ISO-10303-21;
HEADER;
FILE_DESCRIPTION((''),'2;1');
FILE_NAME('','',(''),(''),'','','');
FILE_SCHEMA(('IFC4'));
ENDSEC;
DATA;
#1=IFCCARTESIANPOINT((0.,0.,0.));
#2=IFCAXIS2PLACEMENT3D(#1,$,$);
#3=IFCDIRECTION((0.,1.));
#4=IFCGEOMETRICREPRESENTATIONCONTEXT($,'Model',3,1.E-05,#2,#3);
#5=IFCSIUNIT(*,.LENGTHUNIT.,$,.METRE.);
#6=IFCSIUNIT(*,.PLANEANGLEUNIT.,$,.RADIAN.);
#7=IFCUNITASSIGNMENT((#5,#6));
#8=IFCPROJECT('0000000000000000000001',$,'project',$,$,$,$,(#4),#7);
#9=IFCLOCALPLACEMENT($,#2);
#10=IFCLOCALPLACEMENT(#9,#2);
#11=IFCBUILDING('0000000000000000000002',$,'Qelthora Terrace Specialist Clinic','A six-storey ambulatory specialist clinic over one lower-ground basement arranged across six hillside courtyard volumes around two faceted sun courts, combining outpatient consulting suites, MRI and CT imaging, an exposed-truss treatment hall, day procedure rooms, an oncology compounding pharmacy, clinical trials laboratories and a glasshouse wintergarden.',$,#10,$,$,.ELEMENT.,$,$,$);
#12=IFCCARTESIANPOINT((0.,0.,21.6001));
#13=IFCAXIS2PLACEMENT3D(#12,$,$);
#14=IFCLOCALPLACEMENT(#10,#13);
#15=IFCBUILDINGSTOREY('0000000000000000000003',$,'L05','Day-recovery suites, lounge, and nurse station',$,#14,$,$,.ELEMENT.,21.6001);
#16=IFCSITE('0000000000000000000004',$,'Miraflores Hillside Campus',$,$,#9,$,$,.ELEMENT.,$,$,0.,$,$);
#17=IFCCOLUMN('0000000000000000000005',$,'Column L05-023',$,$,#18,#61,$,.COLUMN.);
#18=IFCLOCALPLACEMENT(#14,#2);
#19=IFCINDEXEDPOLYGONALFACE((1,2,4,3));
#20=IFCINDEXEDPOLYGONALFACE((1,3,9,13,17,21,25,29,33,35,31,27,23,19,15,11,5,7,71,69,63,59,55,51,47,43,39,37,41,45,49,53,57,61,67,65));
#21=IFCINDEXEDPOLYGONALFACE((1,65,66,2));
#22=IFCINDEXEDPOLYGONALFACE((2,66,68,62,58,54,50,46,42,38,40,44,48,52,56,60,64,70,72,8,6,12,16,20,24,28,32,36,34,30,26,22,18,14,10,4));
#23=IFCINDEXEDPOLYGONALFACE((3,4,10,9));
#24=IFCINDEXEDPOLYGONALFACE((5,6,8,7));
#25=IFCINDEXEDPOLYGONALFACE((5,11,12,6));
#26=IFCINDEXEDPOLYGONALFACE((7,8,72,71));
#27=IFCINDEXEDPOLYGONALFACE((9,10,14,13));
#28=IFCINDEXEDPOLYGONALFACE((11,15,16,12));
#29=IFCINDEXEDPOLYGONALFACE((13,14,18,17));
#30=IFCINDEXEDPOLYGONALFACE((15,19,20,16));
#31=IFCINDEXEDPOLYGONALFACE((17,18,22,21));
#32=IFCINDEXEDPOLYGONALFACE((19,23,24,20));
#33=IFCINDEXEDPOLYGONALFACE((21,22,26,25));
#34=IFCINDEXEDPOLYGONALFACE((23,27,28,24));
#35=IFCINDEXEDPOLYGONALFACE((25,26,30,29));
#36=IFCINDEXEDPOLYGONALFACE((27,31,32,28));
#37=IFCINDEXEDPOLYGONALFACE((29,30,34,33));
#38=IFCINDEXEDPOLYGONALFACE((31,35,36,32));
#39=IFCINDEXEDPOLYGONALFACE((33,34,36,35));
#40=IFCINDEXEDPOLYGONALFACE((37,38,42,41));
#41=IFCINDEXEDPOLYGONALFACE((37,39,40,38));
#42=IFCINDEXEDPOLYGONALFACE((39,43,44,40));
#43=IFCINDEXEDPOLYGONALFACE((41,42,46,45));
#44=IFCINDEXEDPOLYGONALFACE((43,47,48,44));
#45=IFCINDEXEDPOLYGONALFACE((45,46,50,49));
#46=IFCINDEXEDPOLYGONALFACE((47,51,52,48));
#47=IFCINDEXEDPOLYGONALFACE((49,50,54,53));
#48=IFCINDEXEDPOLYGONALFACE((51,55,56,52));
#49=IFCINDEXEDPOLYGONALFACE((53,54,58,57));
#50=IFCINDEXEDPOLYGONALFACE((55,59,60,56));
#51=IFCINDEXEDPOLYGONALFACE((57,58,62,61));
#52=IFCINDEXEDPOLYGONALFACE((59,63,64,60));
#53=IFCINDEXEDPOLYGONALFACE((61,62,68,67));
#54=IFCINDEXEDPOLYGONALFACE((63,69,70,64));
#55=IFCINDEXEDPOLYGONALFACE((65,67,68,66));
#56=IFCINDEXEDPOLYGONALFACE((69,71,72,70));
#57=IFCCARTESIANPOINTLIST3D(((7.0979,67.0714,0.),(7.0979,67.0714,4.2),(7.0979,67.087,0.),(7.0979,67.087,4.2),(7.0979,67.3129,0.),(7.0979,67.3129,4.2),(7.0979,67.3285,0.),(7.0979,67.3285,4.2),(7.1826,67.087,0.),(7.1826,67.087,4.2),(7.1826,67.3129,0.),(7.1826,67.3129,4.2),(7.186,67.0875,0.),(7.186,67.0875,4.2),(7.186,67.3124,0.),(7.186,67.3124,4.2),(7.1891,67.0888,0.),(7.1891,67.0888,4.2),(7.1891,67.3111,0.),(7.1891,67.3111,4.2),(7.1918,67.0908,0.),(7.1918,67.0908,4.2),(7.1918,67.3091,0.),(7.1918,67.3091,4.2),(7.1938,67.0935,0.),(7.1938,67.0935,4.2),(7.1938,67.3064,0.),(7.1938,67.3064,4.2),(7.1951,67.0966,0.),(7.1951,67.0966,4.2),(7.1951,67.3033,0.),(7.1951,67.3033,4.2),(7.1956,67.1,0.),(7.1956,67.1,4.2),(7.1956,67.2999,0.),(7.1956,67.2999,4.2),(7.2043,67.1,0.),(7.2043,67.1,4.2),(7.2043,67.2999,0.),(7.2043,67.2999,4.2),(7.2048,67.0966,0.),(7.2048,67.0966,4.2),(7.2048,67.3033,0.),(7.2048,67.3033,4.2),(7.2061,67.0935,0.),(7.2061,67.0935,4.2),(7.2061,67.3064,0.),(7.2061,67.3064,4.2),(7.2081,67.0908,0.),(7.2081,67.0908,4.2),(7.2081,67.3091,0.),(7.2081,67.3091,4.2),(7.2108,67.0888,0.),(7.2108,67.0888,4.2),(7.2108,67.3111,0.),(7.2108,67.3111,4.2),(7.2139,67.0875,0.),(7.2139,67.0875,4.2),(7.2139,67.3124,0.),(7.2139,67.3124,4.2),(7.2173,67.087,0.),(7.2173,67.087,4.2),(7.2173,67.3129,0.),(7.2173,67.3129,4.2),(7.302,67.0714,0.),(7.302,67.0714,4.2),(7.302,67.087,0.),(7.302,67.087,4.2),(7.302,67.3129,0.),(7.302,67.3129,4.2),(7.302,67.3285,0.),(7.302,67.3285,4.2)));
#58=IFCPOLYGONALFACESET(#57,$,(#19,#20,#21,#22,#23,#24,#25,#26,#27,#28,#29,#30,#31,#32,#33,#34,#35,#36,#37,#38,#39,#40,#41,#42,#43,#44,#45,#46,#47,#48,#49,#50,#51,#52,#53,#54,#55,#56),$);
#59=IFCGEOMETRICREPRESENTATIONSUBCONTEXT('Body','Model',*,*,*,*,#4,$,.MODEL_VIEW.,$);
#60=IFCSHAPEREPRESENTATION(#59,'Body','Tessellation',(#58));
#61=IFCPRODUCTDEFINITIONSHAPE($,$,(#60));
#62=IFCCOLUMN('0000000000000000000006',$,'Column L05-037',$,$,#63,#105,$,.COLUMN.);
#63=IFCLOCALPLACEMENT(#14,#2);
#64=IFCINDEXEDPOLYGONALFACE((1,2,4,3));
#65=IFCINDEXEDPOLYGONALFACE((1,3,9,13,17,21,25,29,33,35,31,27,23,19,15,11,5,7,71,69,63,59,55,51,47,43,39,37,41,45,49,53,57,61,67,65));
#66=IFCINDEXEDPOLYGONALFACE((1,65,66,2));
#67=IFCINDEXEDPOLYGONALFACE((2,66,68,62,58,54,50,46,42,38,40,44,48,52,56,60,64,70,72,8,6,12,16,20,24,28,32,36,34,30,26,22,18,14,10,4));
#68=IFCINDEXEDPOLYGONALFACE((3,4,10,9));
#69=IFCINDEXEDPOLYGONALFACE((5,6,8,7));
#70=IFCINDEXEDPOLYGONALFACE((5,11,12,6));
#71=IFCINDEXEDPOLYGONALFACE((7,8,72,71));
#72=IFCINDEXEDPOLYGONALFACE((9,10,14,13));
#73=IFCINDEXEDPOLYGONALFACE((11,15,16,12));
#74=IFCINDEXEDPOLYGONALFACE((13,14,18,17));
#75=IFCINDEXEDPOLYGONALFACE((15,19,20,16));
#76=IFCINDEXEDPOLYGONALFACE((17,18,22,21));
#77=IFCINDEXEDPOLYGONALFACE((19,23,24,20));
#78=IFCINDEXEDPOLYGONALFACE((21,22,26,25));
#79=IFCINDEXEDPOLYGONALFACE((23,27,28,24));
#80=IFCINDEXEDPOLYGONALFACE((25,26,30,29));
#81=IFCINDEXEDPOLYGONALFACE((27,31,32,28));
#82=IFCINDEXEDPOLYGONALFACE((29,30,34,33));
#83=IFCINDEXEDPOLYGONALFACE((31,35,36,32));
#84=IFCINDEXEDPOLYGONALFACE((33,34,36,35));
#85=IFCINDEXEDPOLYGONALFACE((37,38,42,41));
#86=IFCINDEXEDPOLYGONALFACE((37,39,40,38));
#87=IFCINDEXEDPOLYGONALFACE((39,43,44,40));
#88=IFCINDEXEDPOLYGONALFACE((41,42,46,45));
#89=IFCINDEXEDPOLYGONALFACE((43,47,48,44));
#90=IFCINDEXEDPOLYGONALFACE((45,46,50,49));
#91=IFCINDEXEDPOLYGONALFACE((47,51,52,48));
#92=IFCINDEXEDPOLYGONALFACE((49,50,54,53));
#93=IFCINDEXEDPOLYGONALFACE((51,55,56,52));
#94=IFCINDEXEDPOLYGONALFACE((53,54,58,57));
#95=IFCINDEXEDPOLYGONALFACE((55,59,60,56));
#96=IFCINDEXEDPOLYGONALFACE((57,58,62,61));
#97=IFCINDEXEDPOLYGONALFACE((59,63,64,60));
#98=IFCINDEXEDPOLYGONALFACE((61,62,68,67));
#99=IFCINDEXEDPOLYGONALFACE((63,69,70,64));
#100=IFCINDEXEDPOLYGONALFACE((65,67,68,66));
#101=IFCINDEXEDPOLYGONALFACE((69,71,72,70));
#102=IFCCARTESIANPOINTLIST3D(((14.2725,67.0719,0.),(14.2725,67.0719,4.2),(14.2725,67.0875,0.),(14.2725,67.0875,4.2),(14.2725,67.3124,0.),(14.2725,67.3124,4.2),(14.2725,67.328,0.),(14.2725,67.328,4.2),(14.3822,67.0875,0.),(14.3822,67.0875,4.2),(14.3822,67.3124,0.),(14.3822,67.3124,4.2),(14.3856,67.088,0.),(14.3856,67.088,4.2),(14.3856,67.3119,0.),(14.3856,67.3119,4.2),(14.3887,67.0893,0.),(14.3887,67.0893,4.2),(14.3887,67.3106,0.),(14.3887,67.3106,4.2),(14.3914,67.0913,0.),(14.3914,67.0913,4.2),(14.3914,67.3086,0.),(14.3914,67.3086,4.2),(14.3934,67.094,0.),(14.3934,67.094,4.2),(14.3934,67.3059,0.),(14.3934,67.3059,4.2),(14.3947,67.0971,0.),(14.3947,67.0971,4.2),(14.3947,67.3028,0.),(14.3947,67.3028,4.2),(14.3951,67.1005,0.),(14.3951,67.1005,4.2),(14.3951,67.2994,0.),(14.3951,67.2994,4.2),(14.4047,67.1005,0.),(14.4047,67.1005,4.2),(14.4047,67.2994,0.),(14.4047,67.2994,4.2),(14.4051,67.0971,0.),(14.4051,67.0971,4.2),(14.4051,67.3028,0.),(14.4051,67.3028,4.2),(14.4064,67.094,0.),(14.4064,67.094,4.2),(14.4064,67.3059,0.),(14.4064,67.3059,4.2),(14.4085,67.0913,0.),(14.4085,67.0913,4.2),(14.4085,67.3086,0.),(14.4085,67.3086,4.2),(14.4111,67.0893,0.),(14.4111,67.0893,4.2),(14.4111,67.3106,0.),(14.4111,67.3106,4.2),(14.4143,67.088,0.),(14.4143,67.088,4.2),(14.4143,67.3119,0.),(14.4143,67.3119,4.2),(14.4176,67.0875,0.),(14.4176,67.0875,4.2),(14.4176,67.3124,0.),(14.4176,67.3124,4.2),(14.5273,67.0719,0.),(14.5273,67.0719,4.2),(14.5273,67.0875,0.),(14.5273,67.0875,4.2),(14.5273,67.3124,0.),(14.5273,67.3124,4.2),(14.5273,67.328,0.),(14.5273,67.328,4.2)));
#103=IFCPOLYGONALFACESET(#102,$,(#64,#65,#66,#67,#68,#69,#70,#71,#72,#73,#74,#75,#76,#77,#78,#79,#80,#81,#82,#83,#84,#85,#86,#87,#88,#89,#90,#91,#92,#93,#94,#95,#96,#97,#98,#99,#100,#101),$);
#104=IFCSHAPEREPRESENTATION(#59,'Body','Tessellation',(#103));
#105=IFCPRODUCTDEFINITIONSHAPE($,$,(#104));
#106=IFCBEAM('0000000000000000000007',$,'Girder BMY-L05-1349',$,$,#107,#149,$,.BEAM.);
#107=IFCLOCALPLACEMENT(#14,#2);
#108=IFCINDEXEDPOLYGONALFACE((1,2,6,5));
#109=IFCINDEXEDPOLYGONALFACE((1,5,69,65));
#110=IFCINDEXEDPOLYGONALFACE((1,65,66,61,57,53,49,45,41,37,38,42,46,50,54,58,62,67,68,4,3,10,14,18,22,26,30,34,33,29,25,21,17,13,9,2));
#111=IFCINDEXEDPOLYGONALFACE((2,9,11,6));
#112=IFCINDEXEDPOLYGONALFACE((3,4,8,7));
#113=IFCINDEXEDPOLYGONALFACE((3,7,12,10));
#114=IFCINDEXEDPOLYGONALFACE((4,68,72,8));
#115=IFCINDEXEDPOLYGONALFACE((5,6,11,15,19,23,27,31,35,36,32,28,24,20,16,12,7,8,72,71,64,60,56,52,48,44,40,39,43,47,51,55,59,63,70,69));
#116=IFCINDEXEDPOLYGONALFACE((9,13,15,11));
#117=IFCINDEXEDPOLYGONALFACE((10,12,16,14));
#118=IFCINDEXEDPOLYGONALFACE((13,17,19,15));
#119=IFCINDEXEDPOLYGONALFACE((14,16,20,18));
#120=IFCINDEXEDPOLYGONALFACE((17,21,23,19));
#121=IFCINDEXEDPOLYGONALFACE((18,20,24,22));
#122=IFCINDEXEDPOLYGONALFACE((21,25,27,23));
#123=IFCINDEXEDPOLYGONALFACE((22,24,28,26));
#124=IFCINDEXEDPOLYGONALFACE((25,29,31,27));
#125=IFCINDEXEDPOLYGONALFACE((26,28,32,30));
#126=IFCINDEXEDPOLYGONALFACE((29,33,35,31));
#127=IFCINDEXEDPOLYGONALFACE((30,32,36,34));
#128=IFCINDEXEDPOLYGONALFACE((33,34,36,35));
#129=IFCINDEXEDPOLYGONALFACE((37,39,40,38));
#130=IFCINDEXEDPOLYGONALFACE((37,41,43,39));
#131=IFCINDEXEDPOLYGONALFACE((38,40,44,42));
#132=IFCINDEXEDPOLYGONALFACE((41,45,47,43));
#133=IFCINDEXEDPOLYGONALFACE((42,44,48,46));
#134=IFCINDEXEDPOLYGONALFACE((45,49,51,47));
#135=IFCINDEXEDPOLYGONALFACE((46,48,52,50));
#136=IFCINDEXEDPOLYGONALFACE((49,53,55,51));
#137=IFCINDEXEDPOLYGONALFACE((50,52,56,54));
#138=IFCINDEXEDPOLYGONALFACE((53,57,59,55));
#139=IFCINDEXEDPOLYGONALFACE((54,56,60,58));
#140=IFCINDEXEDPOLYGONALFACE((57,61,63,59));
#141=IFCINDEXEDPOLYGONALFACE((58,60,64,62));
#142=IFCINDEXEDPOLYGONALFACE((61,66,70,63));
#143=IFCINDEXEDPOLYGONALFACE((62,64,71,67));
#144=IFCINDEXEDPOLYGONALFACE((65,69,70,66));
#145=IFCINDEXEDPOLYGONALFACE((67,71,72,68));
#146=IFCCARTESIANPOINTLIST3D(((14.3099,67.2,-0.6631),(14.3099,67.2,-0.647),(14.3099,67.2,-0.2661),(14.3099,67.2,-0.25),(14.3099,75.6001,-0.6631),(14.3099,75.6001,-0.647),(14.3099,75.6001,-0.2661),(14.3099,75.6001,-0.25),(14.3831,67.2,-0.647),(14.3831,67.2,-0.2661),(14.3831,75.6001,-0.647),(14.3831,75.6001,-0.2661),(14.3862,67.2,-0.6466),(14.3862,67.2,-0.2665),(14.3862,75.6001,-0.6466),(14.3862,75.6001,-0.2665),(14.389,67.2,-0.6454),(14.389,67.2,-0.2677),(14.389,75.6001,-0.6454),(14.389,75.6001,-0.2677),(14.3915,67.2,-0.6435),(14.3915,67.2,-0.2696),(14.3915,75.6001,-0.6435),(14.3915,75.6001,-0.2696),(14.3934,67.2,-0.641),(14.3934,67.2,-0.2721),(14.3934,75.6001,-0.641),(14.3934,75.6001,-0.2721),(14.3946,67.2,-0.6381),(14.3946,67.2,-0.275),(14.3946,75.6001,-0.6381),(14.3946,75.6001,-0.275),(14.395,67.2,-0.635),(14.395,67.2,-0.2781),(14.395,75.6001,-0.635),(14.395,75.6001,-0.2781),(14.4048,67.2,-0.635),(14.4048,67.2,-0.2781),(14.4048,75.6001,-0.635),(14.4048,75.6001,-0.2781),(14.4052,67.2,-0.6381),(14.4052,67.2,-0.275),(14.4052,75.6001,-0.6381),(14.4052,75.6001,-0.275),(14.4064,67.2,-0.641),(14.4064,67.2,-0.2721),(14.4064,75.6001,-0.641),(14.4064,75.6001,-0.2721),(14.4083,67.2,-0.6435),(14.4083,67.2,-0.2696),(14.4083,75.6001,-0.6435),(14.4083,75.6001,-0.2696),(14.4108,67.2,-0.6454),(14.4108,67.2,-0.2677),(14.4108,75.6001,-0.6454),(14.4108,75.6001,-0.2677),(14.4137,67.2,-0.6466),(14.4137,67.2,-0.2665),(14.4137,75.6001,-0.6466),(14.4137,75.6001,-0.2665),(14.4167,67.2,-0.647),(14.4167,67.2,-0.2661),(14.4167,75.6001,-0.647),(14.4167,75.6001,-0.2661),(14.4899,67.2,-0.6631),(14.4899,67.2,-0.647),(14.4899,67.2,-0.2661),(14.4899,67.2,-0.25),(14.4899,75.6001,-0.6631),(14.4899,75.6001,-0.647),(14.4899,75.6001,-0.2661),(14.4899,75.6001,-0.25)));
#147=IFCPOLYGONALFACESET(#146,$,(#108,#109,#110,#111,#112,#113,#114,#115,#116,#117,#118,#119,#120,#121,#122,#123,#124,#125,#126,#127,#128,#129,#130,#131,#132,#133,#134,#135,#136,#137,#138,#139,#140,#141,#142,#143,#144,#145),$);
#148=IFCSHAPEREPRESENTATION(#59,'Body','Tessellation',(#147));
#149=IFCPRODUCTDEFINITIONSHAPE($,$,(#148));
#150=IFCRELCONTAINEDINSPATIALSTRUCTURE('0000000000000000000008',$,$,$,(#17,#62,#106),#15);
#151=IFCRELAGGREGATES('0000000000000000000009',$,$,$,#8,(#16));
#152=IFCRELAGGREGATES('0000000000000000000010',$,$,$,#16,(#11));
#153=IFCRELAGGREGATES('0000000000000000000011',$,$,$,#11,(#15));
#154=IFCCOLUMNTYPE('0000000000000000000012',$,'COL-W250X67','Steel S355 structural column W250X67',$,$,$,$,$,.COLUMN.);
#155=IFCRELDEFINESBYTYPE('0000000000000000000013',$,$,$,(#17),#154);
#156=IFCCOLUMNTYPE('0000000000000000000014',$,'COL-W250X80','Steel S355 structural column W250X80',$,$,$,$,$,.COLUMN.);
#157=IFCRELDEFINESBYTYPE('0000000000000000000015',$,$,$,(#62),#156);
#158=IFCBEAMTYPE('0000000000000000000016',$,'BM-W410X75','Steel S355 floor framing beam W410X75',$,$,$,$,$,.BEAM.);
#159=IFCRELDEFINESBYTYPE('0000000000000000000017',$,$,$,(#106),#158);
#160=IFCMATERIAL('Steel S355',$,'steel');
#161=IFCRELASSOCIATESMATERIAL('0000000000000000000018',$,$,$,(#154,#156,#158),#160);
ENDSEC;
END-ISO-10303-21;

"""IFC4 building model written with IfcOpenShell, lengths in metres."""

from ifc_helpers import new_model, si_unit, direction, frame, origin, origin_2d, place, context, subcontext, project, spatial, i_section, extrude, material, material_profile, profile_set, type_object, element, save


model = new_model("IFC4")

# Units and contexts
model_context = context("Model", 3, precision=1e-05, world=origin(), true_north=direction((0.0, 1.0)))
body_context = subcontext(model_context, "Body", "Model", "MODEL_VIEW")
ifc_project = project(units=[si_unit("LENGTHUNIT", "METRE"), si_unit("PLANEANGLEUNIT", "RADIAN")], contexts=[model_context])

# Site, building, storey
site_placement = place(None, origin())
site = spatial("IfcSite", under=ifc_project, at=site_placement, Name="Miraflores Hillside Campus", CompositionType="ELEMENT", RefElevation=0.0)
building_placement = place(site_placement, origin())
building = spatial("IfcBuilding", under=site, at=building_placement, Name="Qelthora Terrace Specialist Clinic", Description="A six-storey ambulatory specialist clinic over one lower-ground basement arranged across six hillside courtyard volumes around two faceted sun courts, combining outpatient consulting suites, MRI and CT imaging, an exposed-truss treatment hall, day procedure rooms, an oncology compounding pharmacy, clinical trials laboratories and a glasshouse wintergarden.", CompositionType="ELEMENT")
storey_placement = place(building_placement, frame((0.0, 0.0, 21.6001)))
storey = spatial("IfcBuildingStorey", under=building, at=storey_placement, Name="L05", Description="Day-recovery suites, lounge, and nurse station", CompositionType="ELEMENT", Elevation=21.6001)

# Columns
ifc_material_1 = material(Name="Steel S355", Category="steel")
ifc_material_profile_1 = material_profile(ifc_material_1, i_section(OverallWidth=0.2041, OverallDepth=0.2571, WebThickness=0.0088, FlangeThickness=0.0156, FilletRadius=0.0129, at=origin_2d()), Name="W250X67")
ifc_profile_set_1 = profile_set([ifc_material_profile_1], Name="Steel S355")
column_type_1 = type_object("IfcColumnType", Name="COL-W250X67", Description="Steel S355 structural column W250X67", PredefinedType="COLUMN", material=ifc_profile_set_1)
column_1_placement = place(storey_placement, frame((7.2, 67.2, 0.0), z_axis=(0.0, 0.0, 1.0), x_axis=(1.0, 0.0, 0.0)))
element("IfcColumn", 1, at=column_1_placement, inside=storey, type_object=column_type_1, Name="Column L05-023", PredefinedType="COLUMN", context=body_context, shape_type="SweptSolid", body=[
    extrude(i_section(OverallWidth=0.2041, OverallDepth=0.2571, WebThickness=0.0088, FlangeThickness=0.0156, FilletRadius=0.0129, at=origin_2d()), origin(), (0.0, 0.0, 1.0), 4.2),
])
ifc_material_profile_2 = material_profile(ifc_material_1, i_section(OverallWidth=0.2549, OverallDepth=0.2561, WebThickness=0.0095, FlangeThickness=0.0156, FilletRadius=0.0129, at=origin_2d()), Name="W250X80")
ifc_profile_set_2 = profile_set([ifc_material_profile_2], Name="Steel S355")
column_type_2 = type_object("IfcColumnType", Name="COL-W250X80", Description="Steel S355 structural column W250X80", PredefinedType="COLUMN", material=ifc_profile_set_2)
column_2_placement = place(storey_placement, frame((14.3999, 67.2, 0.0), z_axis=(0.0, 0.0, 1.0), x_axis=(1.0, 0.0, 0.0)))
element("IfcColumn", 2, at=column_2_placement, inside=storey, type_object=column_type_2, Name="Column L05-037", PredefinedType="COLUMN", context=body_context, shape_type="SweptSolid", body=[
    extrude(i_section(OverallWidth=0.2549, OverallDepth=0.2561, WebThickness=0.0095, FlangeThickness=0.0156, FilletRadius=0.0129, at=origin_2d()), origin(), (0.0, 0.0, 1.0), 4.2),
])

# Beam
ifc_material_profile_3 = material_profile(ifc_material_1, i_section(OverallWidth=0.1799, OverallDepth=0.4131, WebThickness=0.0098, FlangeThickness=0.0161, FilletRadius=0.012, at=origin_2d()), Name="W410X75")
ifc_profile_set_3 = profile_set([ifc_material_profile_3], Name="Steel S355")
beam_type_1 = type_object("IfcBeamType", Name="BM-W410X75", Description="Steel S355 floor framing beam W410X75", PredefinedType="BEAM", material=ifc_profile_set_3)
beam_1_placement = place(storey_placement, frame((14.3999, 67.2, -0.4565), z_axis=(0.0, 1.0, 0.0), x_axis=(-1.0, 0.0, 0.0)))
element("IfcBeam", 3, at=beam_1_placement, inside=storey, type_object=beam_type_1, Name="Girder BMY-L05-1349", PredefinedType="BEAM", context=body_context, shape_type="SweptSolid", body=[
    extrude(i_section(OverallWidth=0.1799, OverallDepth=0.4131, WebThickness=0.0098, FlangeThickness=0.0161, FilletRadius=0.012, at=origin_2d()), origin(), (0.0, 0.0, 1.0), 8.4001),
])

save(model, "model.ifc")
